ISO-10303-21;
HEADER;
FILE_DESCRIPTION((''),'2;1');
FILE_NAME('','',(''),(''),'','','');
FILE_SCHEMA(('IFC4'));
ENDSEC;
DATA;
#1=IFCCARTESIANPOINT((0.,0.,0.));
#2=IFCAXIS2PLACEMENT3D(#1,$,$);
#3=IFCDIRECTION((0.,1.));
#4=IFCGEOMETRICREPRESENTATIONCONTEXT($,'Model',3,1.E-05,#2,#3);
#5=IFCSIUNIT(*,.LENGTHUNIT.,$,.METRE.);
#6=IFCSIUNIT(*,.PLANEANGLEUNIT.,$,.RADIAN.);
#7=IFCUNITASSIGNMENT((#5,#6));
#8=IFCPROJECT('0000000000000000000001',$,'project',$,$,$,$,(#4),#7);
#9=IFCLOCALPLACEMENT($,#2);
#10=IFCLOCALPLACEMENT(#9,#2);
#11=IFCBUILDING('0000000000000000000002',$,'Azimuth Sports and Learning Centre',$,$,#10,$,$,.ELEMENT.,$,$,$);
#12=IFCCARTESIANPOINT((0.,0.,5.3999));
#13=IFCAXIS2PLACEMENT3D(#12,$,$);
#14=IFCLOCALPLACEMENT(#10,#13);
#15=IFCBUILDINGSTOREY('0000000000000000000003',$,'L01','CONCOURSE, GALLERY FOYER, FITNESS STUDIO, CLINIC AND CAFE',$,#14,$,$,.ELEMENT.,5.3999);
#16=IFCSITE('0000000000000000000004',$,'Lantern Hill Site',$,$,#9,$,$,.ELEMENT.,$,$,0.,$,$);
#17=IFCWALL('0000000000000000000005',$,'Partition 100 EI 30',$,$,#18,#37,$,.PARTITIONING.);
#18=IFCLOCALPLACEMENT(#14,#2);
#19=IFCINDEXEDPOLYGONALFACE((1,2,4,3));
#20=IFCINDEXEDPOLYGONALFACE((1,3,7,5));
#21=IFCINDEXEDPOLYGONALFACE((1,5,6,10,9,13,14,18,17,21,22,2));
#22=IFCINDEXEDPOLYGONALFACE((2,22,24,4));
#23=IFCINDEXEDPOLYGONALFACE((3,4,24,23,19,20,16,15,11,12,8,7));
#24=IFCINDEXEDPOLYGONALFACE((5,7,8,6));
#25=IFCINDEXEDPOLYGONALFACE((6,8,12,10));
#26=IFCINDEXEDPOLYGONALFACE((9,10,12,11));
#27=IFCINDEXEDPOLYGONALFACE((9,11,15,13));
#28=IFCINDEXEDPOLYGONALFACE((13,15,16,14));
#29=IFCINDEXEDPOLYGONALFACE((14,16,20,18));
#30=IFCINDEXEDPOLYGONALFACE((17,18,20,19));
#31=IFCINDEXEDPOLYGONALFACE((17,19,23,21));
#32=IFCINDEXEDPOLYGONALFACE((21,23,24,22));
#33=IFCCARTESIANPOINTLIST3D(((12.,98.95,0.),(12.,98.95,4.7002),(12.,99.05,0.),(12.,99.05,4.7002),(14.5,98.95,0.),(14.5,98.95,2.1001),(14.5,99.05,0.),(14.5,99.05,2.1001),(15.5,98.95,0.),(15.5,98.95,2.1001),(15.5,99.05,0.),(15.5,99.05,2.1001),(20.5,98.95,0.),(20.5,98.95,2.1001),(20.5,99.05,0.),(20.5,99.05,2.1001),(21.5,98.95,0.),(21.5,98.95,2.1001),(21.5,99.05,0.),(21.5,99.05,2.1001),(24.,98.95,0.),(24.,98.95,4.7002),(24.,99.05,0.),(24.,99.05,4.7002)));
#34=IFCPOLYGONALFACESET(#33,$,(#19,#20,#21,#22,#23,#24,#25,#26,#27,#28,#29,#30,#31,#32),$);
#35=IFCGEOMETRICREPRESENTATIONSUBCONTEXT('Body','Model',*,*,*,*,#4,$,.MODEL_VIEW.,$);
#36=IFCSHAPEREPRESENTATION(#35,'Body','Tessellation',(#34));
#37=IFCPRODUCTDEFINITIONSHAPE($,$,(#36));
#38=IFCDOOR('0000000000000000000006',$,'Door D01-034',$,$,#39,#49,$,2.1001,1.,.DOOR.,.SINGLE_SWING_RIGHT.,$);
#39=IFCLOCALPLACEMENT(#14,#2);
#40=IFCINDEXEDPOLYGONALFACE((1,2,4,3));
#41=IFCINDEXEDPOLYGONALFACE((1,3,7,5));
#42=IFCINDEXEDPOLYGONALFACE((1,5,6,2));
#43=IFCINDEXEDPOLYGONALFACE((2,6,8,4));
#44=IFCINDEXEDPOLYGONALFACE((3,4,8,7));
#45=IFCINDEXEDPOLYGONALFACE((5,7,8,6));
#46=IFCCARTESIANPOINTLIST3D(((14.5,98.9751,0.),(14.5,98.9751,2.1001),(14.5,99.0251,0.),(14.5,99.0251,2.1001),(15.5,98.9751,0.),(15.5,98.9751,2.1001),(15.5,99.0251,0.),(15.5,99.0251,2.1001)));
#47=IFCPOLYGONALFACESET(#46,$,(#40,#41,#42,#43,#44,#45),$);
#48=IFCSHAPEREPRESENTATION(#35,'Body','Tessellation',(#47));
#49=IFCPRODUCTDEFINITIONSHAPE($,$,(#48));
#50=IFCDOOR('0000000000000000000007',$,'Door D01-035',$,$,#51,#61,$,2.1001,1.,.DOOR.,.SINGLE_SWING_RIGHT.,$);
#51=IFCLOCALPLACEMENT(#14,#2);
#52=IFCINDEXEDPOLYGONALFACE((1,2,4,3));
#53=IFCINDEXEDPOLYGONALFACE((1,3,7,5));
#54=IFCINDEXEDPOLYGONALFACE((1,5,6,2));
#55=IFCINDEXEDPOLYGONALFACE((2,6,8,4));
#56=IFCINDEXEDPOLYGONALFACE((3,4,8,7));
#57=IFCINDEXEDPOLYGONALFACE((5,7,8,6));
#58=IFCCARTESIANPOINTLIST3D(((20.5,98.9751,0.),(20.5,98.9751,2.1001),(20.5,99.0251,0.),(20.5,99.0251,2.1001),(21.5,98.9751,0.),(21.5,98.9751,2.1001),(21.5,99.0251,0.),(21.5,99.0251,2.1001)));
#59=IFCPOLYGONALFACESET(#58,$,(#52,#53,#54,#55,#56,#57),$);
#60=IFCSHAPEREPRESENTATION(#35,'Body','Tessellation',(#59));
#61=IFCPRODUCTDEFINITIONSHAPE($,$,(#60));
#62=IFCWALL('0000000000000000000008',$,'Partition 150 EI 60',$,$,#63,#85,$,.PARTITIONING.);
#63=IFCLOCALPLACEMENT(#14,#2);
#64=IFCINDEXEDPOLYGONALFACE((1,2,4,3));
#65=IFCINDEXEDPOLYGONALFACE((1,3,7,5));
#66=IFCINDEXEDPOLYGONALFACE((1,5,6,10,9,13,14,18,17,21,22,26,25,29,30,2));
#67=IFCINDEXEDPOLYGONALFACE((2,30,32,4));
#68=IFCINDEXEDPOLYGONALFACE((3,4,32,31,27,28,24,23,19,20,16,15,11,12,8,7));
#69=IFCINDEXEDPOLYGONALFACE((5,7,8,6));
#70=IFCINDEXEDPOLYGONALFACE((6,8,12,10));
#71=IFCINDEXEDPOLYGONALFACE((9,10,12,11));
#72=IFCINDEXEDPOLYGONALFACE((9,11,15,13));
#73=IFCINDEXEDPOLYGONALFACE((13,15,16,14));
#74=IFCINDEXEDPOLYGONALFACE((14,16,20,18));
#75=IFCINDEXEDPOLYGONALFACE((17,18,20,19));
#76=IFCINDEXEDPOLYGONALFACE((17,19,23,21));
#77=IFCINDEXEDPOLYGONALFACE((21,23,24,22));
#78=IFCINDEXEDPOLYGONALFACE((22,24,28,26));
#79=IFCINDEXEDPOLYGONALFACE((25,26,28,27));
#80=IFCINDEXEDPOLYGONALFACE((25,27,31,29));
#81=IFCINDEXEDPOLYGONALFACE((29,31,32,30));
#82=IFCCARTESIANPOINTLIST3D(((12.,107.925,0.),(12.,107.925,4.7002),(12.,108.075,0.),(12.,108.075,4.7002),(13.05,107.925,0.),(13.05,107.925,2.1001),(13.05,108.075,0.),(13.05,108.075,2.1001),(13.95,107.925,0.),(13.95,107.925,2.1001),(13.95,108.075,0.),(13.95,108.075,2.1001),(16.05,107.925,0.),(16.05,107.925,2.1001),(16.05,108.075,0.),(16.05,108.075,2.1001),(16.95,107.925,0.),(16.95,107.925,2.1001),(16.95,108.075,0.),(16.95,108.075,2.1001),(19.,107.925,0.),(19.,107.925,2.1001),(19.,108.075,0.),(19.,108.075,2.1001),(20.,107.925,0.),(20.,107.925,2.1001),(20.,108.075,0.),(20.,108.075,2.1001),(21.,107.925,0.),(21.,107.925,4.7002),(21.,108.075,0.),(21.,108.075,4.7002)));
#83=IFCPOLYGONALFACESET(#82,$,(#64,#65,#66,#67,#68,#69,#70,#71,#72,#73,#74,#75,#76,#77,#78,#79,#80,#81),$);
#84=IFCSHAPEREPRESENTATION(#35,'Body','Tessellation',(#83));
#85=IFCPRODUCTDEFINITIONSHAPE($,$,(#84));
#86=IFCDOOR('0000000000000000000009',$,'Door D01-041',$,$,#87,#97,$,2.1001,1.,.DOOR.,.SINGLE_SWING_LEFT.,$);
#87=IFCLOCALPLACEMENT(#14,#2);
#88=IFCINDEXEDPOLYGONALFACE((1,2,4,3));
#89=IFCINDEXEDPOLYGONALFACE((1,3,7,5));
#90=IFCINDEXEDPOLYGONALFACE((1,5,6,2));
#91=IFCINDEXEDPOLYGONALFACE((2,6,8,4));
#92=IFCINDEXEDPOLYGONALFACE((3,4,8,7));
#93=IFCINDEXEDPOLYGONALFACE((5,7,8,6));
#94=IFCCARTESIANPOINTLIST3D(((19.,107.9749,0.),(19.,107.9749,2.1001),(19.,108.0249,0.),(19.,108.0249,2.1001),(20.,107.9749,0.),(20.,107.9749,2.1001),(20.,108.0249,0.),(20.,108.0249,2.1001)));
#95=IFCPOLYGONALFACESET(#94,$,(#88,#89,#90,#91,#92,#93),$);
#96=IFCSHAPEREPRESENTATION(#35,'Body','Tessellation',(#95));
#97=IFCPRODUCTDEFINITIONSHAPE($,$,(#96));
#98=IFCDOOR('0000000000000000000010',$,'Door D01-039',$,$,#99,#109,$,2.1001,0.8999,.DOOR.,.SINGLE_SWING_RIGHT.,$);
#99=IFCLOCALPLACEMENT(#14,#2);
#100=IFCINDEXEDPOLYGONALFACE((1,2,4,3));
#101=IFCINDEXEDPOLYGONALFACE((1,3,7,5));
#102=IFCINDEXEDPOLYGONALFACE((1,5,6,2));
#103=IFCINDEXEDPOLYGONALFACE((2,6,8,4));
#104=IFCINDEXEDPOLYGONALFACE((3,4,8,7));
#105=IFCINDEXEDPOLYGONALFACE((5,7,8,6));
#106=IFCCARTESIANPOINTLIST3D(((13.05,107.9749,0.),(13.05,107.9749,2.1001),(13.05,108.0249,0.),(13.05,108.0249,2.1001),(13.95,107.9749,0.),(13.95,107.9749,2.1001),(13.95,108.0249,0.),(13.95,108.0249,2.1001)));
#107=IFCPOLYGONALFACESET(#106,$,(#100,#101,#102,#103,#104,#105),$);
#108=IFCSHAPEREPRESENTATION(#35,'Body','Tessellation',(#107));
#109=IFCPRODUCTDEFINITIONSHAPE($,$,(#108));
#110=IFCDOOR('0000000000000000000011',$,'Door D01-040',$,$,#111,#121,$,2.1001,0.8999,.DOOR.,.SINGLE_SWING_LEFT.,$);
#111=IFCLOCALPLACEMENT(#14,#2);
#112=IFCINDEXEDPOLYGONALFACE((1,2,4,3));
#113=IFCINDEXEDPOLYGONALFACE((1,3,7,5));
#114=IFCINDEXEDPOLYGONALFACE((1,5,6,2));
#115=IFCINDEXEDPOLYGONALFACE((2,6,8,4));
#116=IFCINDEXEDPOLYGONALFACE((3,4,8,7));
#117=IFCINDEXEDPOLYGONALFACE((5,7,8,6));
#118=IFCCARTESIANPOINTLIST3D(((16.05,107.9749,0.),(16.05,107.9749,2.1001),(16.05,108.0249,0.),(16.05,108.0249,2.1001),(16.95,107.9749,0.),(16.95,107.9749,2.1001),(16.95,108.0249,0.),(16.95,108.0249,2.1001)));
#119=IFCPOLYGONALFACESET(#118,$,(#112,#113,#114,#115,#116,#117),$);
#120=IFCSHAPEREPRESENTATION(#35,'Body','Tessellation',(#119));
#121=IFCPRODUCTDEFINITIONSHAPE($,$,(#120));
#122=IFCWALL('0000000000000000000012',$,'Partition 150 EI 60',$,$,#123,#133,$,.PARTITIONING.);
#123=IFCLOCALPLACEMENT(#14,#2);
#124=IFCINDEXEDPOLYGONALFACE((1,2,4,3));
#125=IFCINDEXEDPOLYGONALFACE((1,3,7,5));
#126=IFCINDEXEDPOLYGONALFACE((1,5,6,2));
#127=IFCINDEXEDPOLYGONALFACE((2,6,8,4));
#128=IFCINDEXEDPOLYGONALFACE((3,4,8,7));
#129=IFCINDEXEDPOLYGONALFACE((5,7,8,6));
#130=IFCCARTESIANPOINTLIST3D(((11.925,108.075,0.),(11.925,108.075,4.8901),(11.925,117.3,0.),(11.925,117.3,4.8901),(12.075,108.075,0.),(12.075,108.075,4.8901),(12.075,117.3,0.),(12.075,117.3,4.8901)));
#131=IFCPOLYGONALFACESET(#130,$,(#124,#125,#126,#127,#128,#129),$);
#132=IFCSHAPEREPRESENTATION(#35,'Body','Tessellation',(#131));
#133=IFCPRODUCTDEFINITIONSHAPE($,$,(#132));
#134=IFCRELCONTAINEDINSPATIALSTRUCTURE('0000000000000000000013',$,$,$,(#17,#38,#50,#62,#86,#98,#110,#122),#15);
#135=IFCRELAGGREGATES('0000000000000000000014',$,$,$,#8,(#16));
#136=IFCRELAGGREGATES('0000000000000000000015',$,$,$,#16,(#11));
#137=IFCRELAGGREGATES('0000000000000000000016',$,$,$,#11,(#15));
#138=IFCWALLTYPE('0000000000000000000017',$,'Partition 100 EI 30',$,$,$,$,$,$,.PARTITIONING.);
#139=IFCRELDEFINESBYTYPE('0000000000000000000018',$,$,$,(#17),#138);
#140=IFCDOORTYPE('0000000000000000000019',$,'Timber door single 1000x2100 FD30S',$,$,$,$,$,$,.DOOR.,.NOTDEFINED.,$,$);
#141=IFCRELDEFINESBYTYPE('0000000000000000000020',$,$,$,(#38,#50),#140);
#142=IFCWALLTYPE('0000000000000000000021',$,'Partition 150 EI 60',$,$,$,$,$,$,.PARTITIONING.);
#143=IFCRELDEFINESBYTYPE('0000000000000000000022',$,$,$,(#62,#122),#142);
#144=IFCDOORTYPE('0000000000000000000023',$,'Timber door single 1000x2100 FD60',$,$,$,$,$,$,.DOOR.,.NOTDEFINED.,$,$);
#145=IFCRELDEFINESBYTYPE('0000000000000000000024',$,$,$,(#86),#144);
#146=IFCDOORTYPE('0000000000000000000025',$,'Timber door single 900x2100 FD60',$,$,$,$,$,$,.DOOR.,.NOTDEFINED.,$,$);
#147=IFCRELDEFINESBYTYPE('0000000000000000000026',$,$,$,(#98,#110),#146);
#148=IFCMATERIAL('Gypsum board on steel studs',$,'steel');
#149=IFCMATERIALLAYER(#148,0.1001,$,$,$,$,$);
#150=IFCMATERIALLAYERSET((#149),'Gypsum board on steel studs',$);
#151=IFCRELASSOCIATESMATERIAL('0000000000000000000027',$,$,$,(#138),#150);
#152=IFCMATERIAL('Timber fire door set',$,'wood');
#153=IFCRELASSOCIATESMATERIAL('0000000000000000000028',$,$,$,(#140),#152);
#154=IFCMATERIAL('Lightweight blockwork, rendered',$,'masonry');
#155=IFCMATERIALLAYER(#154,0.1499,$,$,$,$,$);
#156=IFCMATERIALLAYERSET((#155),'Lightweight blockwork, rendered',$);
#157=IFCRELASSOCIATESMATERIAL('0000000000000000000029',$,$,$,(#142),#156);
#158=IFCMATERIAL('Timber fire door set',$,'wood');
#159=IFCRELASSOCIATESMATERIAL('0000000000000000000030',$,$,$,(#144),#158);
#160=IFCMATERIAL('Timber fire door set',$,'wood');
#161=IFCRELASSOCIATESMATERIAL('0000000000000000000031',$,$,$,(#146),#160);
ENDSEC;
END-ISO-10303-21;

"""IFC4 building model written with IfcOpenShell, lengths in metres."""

from ifc_helpers import new_model, si_unit, direction, frame, frame_2d, origin, place, context, subcontext, project, spatial, rectangle, extrude, material, layer, layer_set, type_object, element, fill, save


model = new_model("IFC4")

# Units and contexts
model_context = context("Model", 3, precision=1e-05, world=origin(), true_north=direction((0.0, 1.0)))
body_context = subcontext(model_context, "Body", "Model", "MODEL_VIEW")
ifc_project = project(units=[si_unit("LENGTHUNIT", "METRE"), si_unit("PLANEANGLEUNIT", "RADIAN")], contexts=[model_context])

# Site, building, storey
site_placement = place(None, origin())
site = spatial("IfcSite", under=ifc_project, at=site_placement, Name="Lantern Hill Site", CompositionType="ELEMENT", RefElevation=0.0)
building_placement = place(site_placement, origin())
building = spatial("IfcBuilding", under=site, at=building_placement, Name="Azimuth Sports and Learning Centre", CompositionType="ELEMENT")
storey_placement = place(building_placement, frame((0.0, 0.0, 5.3999)))
storey = spatial("IfcBuildingStorey", under=building, at=storey_placement, Name="L01", Description="CONCOURSE, GALLERY FOYER, FITNESS STUDIO, CLINIC AND CAFE", CompositionType="ELEMENT", Elevation=5.3999)

# Walls, openings, doors
ifc_material_1 = material(Name="Gypsum board on steel studs", Category="steel")
ifc_layer_1 = layer(ifc_material_1, 0.1001)
ifc_layer_set_1 = layer_set([ifc_layer_1], Name="Gypsum board on steel studs")
wall_type_1 = type_object("IfcWallType", Name="Partition 100 EI 30", PredefinedType="PARTITIONING", material=ifc_layer_set_1)
wall_1_placement = place(storey_placement, frame((12.0, 99.0, 0.0), z_axis=(0.0, 0.0, 1.0), x_axis=(1.0, 0.0, 0.0)))
wall_1 = element("IfcWall", 1, at=wall_1_placement, inside=storey, type_object=wall_type_1, Name="Partition 100 EI 30", PredefinedType="PARTITIONING", context=body_context, shape_type="SweptSolid", body=[
    extrude(rectangle(XDim=12.0, YDim=0.1001, at=frame_2d((6.0, 0.0))), origin(), (0.0, 0.0, 1.0), 4.7002),
])
opening_1_placement = place(wall_1_placement, frame((2.5, 0.0, 0.0)))
opening_1 = element("IfcOpeningElement", 2, at=opening_1_placement, cuts=wall_1, PredefinedType="OPENING", context=body_context, shape_type="SweptSolid", body=[
    extrude(rectangle(XDim=1.0, YDim=2.1001, at=frame_2d((0.5, 1.05))), frame((0.0, 0.061, 0.0), z_axis=(0.0, -1.0, 0.0), x_axis=(1.0, 0.0, 0.0)), (0.0, 0.0, 1.0), 0.1221),
])
opening_2_placement = place(wall_1_placement, frame((8.5, 0.0, 0.0)))
opening_2 = element("IfcOpeningElement", 3, at=opening_2_placement, cuts=wall_1, PredefinedType="OPENING", context=body_context, shape_type="SweptSolid", body=[
    extrude(rectangle(XDim=1.0, YDim=2.1001, at=frame_2d((0.5, 1.05))), frame((0.0, 0.061, 0.0), z_axis=(0.0, -1.0, 0.0), x_axis=(1.0, 0.0, 0.0)), (0.0, 0.0, 1.0), 0.1221),
])
ifc_material_2 = material(Name="Timber fire door set", Category="wood")
door_type_1 = type_object("IfcDoorType", Name="Timber door single 1000x2100 FD30S", OperationType="NOTDEFINED", PredefinedType="DOOR", material=ifc_material_2)
door_1_placement = place(opening_1_placement, frame((1.0, 0.0, 0.0), z_axis=(0.0, 0.0, 1.0), x_axis=(-1.0, 0.0, 0.0)))
door_1 = element("IfcDoor", 4, at=door_1_placement, inside=storey, type_object=door_type_1, Name="Door D01-034", OperationType="SINGLE_SWING_RIGHT", OverallHeight=2.1001, OverallWidth=1.0, PredefinedType="DOOR", context=body_context, shape_type="SweptSolid", body=[
    extrude(rectangle(XDim=1.0, YDim=2.1001, at=frame_2d((0.5, 1.05))), frame((0.0, 0.0249, 0.0), z_axis=(0.0, -1.0, 0.0), x_axis=(1.0, 0.0, 0.0)), (0.0, 0.0, 1.0), 0.05),
])
fill(opening_1, door_1)
door_2_placement = place(opening_2_placement, frame((1.0, 0.0, 0.0), z_axis=(0.0, 0.0, 1.0), x_axis=(-1.0, 0.0, 0.0)))
door_2 = element("IfcDoor", 5, at=door_2_placement, inside=storey, type_object=door_type_1, Name="Door D01-035", OperationType="SINGLE_SWING_RIGHT", OverallHeight=2.1001, OverallWidth=1.0, PredefinedType="DOOR", context=body_context, shape_type="SweptSolid", body=[
    extrude(rectangle(XDim=1.0, YDim=2.1001, at=frame_2d((0.5, 1.05))), frame((0.0, 0.0249, 0.0), z_axis=(0.0, -1.0, 0.0), x_axis=(1.0, 0.0, 0.0)), (0.0, 0.0, 1.0), 0.05),
])
fill(opening_2, door_2)
ifc_material_3 = material(Name="Lightweight blockwork, rendered", Category="masonry")
ifc_layer_2 = layer(ifc_material_3, 0.1499)
ifc_layer_set_2 = layer_set([ifc_layer_2], Name="Lightweight blockwork, rendered")
wall_type_2 = type_object("IfcWallType", Name="Partition 150 EI 60", PredefinedType="PARTITIONING", material=ifc_layer_set_2)
wall_2_placement = place(storey_placement, frame((12.0, 108.0, 0.0), z_axis=(0.0, 0.0, 1.0), x_axis=(1.0, 0.0, 0.0)))
wall_2 = element("IfcWall", 6, at=wall_2_placement, inside=storey, type_object=wall_type_2, Name="Partition 150 EI 60", PredefinedType="PARTITIONING", context=body_context, shape_type="SweptSolid", body=[
    extrude(rectangle(XDim=9.0, YDim=0.1499, at=frame_2d((4.5, 0.0))), origin(), (0.0, 0.0, 1.0), 4.7002),
])
opening_3_placement = place(wall_2_placement, frame((1.05, 0.0, 0.0)))
opening_3 = element("IfcOpeningElement", 7, at=opening_3_placement, cuts=wall_2, PredefinedType="OPENING", context=body_context, shape_type="SweptSolid", body=[
    extrude(rectangle(XDim=0.8999, YDim=2.1001, at=frame_2d((0.45, 1.05))), frame((0.0, 0.0859, 0.0), z_axis=(0.0, -1.0, 0.0), x_axis=(1.0, 0.0, 0.0)), (0.0, 0.0, 1.0), 0.1719),
])
opening_4_placement = place(wall_2_placement, frame((4.05, 0.0, 0.0)))
opening_4 = element("IfcOpeningElement", 8, at=opening_4_placement, cuts=wall_2, PredefinedType="OPENING", context=body_context, shape_type="SweptSolid", body=[
    extrude(rectangle(XDim=0.8999, YDim=2.1001, at=frame_2d((0.45, 1.05))), frame((0.0, 0.0859, 0.0), z_axis=(0.0, -1.0, 0.0), x_axis=(1.0, 0.0, 0.0)), (0.0, 0.0, 1.0), 0.1719),
])
opening_5_placement = place(wall_2_placement, frame((7.0, 0.0, 0.0)))
opening_5 = element("IfcOpeningElement", 9, at=opening_5_placement, cuts=wall_2, PredefinedType="OPENING", context=body_context, shape_type="SweptSolid", body=[
    extrude(rectangle(XDim=1.0, YDim=2.1001, at=frame_2d((0.5, 1.05))), frame((0.0, 0.0859, 0.0), z_axis=(0.0, -1.0, 0.0), x_axis=(1.0, 0.0, 0.0)), (0.0, 0.0, 1.0), 0.1719),
])
ifc_material_4 = material(Name="Timber fire door set", Category="wood")
door_type_2 = type_object("IfcDoorType", Name="Timber door single 1000x2100 FD60", OperationType="NOTDEFINED", PredefinedType="DOOR", material=ifc_material_4)
door_3_placement = place(opening_5_placement, origin())
door_3 = element("IfcDoor", 10, at=door_3_placement, inside=storey, type_object=door_type_2, Name="Door D01-041", OperationType="SINGLE_SWING_LEFT", OverallHeight=2.1001, OverallWidth=1.0, PredefinedType="DOOR", context=body_context, shape_type="SweptSolid", body=[
    extrude(rectangle(XDim=1.0, YDim=2.1001, at=frame_2d((0.5, 1.05))), frame((0.0, 0.0249, 0.0), z_axis=(0.0, -1.0, 0.0), x_axis=(1.0, 0.0, 0.0)), (0.0, 0.0, 1.0), 0.05),
])
fill(opening_5, door_3)
ifc_material_5 = material(Name="Timber fire door set", Category="wood")
door_type_3 = type_object("IfcDoorType", Name="Timber door single 900x2100 FD60", OperationType="NOTDEFINED", PredefinedType="DOOR", material=ifc_material_5)
door_4_placement = place(opening_3_placement, origin())
door_4 = element("IfcDoor", 11, at=door_4_placement, inside=storey, type_object=door_type_3, Name="Door D01-039", OperationType="SINGLE_SWING_RIGHT", OverallHeight=2.1001, OverallWidth=0.8999, PredefinedType="DOOR", context=body_context, shape_type="SweptSolid", body=[
    extrude(rectangle(XDim=0.8999, YDim=2.1001, at=frame_2d((0.45, 1.05))), frame((0.0, 0.0249, 0.0), z_axis=(0.0, -1.0, 0.0), x_axis=(1.0, 0.0, 0.0)), (0.0, 0.0, 1.0), 0.05),
])
fill(opening_3, door_4)
door_5_placement = place(opening_4_placement, origin())
door_5 = element("IfcDoor", 12, at=door_5_placement, inside=storey, type_object=door_type_3, Name="Door D01-040", OperationType="SINGLE_SWING_LEFT", OverallHeight=2.1001, OverallWidth=0.8999, PredefinedType="DOOR", context=body_context, shape_type="SweptSolid", body=[
    extrude(rectangle(XDim=0.8999, YDim=2.1001, at=frame_2d((0.45, 1.05))), frame((0.0, 0.0249, 0.0), z_axis=(0.0, -1.0, 0.0), x_axis=(1.0, 0.0, 0.0)), (0.0, 0.0, 1.0), 0.05),
])
fill(opening_4, door_5)

# Wall
wall_3_placement = place(storey_placement, frame((12.0, 108.075, 0.0), z_axis=(0.0, 0.0, 1.0), x_axis=(0.0, 1.0, 0.0)))
element("IfcWall", 13, at=wall_3_placement, inside=storey, type_object=wall_type_2, Name="Partition 150 EI 60", PredefinedType="PARTITIONING", context=body_context, shape_type="SweptSolid", body=[
    extrude(rectangle(XDim=9.2251, YDim=0.1499, at=frame_2d((4.6125, 0.0))), origin(), (0.0, 0.0, 1.0), 4.8901),
])

save(model, "model.ifc")
